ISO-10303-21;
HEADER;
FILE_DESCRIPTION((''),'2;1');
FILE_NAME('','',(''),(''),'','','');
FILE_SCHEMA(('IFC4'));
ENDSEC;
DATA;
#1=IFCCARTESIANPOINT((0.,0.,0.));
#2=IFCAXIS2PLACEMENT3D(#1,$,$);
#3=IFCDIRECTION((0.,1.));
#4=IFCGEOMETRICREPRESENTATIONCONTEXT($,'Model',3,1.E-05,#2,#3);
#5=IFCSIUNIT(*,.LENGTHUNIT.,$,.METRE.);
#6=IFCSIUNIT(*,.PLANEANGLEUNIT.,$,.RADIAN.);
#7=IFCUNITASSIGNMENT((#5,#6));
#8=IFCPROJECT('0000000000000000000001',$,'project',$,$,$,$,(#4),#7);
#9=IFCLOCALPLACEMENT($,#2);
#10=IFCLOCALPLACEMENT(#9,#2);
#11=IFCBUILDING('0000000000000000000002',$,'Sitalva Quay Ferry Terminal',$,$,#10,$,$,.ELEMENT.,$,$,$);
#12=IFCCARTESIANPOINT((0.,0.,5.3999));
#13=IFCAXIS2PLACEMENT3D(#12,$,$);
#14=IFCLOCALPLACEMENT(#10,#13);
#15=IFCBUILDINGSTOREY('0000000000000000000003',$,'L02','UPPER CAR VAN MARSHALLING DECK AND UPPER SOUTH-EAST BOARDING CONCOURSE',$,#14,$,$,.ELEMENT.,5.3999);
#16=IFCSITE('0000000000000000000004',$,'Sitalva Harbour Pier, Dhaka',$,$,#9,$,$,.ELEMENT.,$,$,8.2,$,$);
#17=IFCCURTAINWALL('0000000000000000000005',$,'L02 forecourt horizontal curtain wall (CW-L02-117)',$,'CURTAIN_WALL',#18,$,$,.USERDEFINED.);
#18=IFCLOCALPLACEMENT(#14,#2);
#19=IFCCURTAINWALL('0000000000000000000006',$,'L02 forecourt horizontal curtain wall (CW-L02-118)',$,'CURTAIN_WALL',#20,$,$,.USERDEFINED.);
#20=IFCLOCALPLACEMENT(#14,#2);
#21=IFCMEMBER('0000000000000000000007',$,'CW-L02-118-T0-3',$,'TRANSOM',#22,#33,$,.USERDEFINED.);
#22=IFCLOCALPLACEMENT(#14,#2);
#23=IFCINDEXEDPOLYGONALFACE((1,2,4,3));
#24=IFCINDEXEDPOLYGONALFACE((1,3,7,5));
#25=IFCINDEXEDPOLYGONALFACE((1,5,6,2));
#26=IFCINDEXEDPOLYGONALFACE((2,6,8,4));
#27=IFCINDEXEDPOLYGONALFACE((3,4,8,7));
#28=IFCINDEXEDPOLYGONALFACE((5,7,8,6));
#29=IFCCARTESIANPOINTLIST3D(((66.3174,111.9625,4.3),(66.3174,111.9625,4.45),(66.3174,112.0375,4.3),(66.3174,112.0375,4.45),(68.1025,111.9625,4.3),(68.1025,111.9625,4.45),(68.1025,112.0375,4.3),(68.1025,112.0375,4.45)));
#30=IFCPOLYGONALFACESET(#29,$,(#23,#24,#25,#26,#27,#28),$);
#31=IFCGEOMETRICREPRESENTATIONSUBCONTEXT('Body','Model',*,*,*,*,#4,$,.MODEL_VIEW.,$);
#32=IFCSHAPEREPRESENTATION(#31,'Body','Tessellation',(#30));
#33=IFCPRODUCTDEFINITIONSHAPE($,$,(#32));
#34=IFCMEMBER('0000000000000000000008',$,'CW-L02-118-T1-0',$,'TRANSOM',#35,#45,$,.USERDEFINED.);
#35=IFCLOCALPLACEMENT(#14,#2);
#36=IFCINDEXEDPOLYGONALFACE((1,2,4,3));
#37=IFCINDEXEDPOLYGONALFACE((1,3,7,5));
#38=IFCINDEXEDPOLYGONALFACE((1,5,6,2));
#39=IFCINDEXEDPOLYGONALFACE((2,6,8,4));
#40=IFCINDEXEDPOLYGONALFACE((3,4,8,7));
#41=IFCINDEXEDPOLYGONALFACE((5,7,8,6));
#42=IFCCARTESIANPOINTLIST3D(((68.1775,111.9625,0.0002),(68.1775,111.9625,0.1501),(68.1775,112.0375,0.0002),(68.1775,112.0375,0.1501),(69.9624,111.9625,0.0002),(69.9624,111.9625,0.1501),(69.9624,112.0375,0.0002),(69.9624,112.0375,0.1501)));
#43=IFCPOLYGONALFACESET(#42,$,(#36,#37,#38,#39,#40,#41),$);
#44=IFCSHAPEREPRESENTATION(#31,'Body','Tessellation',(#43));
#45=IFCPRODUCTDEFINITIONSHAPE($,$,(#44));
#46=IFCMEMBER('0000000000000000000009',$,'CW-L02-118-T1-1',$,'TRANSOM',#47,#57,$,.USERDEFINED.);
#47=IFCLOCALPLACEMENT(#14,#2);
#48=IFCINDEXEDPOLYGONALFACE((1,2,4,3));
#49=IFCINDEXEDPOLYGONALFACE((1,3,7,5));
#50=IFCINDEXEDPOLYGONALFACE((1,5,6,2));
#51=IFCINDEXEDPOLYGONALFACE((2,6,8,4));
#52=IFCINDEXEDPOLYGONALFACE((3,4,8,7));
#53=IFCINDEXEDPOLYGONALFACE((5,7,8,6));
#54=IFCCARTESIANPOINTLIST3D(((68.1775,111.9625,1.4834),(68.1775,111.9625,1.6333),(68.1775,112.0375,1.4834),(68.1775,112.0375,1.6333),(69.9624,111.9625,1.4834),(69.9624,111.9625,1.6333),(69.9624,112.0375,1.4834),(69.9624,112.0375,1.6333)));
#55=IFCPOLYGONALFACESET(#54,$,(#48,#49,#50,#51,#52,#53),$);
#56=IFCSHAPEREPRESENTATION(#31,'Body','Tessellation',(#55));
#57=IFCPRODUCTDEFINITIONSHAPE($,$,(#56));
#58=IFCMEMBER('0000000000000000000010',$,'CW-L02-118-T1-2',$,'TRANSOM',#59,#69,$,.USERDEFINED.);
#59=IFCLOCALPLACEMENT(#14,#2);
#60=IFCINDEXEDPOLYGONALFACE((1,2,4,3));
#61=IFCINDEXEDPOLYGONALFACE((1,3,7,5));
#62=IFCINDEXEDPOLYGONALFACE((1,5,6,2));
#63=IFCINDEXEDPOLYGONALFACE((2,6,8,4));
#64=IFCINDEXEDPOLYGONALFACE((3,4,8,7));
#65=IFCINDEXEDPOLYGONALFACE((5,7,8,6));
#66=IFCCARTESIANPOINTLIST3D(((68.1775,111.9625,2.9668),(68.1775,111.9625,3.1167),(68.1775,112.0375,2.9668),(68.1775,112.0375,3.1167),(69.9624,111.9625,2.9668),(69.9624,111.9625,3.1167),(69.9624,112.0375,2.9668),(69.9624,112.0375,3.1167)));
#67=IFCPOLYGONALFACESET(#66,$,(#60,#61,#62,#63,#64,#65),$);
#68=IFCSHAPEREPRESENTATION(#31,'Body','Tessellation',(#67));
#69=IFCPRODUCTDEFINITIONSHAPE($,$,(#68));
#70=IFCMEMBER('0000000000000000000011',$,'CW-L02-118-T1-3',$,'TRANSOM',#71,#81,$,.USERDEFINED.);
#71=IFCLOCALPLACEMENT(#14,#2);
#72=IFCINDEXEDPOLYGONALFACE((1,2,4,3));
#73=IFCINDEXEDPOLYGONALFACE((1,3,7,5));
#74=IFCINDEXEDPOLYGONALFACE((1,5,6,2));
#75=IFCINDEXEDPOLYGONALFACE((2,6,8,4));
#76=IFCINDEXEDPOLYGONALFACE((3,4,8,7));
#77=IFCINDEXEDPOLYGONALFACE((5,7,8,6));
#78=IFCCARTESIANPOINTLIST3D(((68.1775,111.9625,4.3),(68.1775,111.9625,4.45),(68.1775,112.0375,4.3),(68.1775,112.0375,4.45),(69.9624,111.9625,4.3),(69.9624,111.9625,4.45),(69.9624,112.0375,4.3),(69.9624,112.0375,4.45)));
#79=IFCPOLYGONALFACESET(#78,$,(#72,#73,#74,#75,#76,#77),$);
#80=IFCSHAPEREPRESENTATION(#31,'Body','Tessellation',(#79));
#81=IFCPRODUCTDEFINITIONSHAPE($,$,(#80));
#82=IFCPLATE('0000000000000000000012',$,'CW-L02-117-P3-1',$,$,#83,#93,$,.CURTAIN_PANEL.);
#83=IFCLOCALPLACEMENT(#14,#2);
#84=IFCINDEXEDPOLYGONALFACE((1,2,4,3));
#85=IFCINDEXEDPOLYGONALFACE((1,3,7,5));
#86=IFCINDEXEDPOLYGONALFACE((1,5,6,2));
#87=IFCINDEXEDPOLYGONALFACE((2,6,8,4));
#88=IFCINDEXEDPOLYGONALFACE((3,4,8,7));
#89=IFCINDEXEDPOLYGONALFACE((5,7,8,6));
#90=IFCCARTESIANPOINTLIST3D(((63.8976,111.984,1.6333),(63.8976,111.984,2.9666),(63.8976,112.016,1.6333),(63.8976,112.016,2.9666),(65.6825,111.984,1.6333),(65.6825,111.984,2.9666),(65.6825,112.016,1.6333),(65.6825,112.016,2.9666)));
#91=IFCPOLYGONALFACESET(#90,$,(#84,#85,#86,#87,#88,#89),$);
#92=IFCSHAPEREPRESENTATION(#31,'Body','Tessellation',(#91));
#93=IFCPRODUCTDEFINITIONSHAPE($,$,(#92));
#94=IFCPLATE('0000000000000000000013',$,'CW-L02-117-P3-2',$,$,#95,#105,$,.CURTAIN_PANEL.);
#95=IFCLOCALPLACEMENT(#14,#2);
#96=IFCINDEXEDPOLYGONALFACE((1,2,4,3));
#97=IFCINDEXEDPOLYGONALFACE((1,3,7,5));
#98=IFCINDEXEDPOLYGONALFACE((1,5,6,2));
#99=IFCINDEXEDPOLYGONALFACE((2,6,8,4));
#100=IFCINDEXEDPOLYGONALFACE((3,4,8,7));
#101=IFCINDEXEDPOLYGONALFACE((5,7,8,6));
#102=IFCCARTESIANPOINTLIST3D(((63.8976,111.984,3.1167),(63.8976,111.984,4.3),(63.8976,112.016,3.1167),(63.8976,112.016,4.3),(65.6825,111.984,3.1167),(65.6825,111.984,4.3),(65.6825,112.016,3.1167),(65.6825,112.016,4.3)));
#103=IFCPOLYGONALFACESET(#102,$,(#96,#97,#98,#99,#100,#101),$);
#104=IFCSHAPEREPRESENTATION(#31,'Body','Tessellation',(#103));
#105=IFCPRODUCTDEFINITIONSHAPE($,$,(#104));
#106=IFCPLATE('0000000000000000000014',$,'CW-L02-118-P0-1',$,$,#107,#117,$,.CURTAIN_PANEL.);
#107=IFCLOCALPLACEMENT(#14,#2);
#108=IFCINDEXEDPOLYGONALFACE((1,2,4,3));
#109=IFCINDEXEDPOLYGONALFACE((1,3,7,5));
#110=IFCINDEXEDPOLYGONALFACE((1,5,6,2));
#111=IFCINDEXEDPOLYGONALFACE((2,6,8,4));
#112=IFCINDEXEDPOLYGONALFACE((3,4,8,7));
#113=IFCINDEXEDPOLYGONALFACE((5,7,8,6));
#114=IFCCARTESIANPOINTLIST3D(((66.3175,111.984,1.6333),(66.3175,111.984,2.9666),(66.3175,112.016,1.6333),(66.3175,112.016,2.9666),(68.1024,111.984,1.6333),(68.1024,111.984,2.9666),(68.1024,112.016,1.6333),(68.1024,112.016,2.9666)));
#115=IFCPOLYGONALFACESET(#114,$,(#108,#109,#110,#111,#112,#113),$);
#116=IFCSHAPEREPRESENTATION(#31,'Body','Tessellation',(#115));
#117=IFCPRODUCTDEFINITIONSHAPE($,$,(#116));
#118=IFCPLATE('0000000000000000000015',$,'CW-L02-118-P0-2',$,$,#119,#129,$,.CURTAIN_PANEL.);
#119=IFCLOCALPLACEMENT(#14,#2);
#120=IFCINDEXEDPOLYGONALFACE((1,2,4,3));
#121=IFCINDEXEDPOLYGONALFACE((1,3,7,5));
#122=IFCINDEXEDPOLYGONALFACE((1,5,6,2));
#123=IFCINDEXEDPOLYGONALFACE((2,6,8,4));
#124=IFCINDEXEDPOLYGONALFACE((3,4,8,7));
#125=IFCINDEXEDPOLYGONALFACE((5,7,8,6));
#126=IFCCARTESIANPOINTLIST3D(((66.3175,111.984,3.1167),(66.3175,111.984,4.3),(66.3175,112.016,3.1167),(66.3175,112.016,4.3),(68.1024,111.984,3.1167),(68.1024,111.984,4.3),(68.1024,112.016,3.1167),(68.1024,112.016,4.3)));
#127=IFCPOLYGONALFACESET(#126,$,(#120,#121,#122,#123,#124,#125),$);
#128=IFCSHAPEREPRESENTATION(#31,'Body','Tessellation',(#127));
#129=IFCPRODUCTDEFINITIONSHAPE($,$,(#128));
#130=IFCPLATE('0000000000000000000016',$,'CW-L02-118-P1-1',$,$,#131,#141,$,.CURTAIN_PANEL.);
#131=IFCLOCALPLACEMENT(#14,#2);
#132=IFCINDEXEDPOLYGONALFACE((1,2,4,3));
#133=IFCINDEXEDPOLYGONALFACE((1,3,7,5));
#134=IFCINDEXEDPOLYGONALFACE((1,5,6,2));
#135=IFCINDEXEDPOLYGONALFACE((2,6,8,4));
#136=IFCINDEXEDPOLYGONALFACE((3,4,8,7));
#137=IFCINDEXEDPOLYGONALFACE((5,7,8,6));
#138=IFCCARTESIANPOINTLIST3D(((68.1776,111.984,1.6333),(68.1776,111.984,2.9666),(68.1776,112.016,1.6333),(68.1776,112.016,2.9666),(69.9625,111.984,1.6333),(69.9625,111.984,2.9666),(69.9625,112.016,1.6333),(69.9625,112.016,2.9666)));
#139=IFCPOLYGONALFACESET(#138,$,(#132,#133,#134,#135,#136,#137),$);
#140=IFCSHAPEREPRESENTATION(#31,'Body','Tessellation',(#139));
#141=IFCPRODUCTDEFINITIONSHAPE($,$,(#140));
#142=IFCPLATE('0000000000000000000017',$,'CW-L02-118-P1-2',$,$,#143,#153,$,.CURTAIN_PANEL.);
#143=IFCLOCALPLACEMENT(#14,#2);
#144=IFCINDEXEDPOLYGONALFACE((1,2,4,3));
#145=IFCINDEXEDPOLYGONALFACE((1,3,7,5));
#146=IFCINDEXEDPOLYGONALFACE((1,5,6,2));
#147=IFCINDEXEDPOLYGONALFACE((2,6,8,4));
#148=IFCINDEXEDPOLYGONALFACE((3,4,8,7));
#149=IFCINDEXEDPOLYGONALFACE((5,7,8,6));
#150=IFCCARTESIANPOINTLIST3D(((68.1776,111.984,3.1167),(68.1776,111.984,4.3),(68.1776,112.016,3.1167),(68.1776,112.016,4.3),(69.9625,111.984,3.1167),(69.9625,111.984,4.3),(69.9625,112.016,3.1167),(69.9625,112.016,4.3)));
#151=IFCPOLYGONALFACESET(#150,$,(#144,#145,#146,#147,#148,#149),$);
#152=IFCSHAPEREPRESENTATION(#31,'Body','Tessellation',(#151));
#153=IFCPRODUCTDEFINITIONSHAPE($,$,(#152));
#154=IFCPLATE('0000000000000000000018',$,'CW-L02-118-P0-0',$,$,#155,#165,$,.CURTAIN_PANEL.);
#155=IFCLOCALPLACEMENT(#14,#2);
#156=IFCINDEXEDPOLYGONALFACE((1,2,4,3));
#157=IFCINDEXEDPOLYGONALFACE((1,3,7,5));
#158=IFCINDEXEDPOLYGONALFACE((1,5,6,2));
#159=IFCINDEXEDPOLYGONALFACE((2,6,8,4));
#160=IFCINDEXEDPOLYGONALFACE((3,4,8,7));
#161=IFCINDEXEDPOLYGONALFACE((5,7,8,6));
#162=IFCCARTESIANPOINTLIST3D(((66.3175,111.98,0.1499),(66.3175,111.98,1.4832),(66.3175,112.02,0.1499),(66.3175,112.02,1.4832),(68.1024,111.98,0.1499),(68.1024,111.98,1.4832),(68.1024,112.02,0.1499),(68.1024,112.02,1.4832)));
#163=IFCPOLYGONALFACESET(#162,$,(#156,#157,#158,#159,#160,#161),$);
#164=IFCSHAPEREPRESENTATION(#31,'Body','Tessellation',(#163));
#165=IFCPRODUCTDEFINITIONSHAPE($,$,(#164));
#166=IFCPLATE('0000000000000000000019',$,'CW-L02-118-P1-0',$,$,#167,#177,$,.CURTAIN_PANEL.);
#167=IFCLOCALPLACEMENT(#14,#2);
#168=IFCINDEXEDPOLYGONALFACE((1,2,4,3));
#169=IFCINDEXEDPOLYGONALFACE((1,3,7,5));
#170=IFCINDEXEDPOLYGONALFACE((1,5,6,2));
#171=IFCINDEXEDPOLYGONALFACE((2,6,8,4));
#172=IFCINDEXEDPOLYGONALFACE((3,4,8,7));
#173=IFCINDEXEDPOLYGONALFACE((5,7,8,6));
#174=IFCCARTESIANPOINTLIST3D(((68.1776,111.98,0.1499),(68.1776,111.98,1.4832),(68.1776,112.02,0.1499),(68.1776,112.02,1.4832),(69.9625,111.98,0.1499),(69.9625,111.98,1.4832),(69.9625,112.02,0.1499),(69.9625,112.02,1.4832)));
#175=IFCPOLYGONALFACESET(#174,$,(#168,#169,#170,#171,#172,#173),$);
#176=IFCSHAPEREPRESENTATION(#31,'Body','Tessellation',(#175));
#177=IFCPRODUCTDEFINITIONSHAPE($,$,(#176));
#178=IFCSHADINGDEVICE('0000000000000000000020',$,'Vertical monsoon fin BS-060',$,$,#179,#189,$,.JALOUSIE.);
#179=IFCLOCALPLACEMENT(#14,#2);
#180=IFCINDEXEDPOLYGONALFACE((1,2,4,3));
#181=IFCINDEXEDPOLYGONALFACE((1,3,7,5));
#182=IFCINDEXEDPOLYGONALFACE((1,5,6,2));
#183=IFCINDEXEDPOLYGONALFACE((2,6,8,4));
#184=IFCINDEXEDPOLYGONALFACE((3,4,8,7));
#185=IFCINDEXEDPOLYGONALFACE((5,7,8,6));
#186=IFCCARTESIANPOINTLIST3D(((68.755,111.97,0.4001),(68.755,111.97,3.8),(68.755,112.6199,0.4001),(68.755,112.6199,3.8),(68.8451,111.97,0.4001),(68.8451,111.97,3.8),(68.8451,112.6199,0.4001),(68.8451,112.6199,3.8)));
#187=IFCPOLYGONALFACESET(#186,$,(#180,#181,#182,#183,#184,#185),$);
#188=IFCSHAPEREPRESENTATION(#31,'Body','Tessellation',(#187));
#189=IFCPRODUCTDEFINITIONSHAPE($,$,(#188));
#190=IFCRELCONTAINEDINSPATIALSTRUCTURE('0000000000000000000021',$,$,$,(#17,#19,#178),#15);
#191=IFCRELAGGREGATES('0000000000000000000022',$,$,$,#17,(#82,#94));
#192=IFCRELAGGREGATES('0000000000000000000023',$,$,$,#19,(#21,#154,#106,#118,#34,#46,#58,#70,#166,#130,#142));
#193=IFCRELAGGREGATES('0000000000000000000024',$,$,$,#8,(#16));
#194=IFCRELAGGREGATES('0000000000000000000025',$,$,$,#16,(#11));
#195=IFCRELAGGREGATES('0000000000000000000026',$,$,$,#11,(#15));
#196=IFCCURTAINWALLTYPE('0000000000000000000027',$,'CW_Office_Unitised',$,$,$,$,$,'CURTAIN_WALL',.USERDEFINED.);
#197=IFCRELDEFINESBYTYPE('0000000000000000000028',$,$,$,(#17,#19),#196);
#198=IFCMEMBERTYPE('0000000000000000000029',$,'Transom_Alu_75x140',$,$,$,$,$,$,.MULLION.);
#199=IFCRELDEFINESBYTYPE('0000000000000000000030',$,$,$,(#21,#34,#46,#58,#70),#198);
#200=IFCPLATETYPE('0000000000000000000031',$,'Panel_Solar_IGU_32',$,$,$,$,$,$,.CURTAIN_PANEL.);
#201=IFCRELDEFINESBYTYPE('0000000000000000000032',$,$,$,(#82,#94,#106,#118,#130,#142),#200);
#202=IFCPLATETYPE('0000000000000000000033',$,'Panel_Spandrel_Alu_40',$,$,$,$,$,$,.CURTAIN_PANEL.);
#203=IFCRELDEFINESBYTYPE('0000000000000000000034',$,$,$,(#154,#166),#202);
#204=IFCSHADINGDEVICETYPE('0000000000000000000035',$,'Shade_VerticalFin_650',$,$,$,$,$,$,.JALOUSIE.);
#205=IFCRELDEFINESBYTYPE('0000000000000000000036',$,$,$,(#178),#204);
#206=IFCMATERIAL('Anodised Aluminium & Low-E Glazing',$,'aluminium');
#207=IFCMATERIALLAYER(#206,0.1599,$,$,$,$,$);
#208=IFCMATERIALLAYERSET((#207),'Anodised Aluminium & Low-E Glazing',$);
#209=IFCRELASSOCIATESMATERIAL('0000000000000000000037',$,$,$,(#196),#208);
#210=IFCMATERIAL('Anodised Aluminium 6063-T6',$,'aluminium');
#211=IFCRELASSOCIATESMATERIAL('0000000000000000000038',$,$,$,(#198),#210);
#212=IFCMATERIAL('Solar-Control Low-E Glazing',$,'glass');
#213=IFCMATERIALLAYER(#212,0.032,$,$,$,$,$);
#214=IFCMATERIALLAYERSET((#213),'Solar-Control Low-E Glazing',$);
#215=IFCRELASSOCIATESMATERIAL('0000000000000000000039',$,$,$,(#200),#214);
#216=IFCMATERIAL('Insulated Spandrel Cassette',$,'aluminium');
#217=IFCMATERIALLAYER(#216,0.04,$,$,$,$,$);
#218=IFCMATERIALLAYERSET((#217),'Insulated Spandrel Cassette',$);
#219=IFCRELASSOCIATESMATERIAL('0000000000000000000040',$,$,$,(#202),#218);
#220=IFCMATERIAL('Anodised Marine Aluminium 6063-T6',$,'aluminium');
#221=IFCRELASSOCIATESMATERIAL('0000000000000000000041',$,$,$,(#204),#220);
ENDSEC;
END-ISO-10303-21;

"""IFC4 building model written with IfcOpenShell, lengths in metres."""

from ifc_helpers import new_model, si_unit, direction, frame, origin, origin_2d, place, context, subcontext, project, spatial, rectangle, extrude, material, layer, layer_set, material_profile, profile_set, type_object, element, aggregate, save


model = new_model("IFC4")

# Units and contexts
model_context = context("Model", 3, precision=1e-05, world=origin(), true_north=direction((0.0, 1.0)))
body_context = subcontext(model_context, "Body", "Model", "MODEL_VIEW")
ifc_project = project(units=[si_unit("LENGTHUNIT", "METRE"), si_unit("PLANEANGLEUNIT", "RADIAN")], contexts=[model_context])

# Site, building, storey
site_placement = place(None, origin())
site = spatial("IfcSite", under=ifc_project, at=site_placement, Name="Sitalva Harbour Pier, Dhaka", CompositionType="ELEMENT", RefElevation=8.2)
building_placement = place(site_placement, origin())
building = spatial("IfcBuilding", under=site, at=building_placement, Name="Sitalva Quay Ferry Terminal", CompositionType="ELEMENT")
storey_placement = place(building_placement, frame((0.0, 0.0, 5.3999)))
storey = spatial("IfcBuildingStorey", under=building, at=storey_placement, Name="L02", Description="UPPER CAR VAN MARSHALLING DECK AND UPPER SOUTH-EAST BOARDING CONCOURSE", CompositionType="ELEMENT", Elevation=5.3999)

# Curtain wall
ifc_material_1 = material(Name="Anodised Aluminium & Low-E Glazing", Category="aluminium")
ifc_layer_1 = layer(ifc_material_1, 0.1599)
ifc_layer_set_1 = layer_set([ifc_layer_1], Name="Anodised Aluminium & Low-E Glazing")
curtain_wall_type = type_object("IfcCurtainWallType", Name="CW_Office_Unitised", ElementType="CURTAIN_WALL", PredefinedType="USERDEFINED", material=ifc_layer_set_1)
curtain_wall_1_placement = place(storey_placement, origin())
curtain_wall_1 = element("IfcCurtainWall", 1, at=curtain_wall_1_placement, inside=storey, type_object=curtain_wall_type, Name="L02 forecourt horizontal curtain wall (CW-L02-117)", ObjectType="CURTAIN_WALL", PredefinedType="USERDEFINED")

# Curtain wall, members
curtain_wall_2_placement = place(storey_placement, origin())
curtain_wall_2 = element("IfcCurtainWall", 2, at=curtain_wall_2_placement, inside=storey, type_object=curtain_wall_type, Name="L02 forecourt horizontal curtain wall (CW-L02-118)", ObjectType="CURTAIN_WALL", PredefinedType="USERDEFINED")
ifc_material_2 = material(Name="Anodised Aluminium 6063-T6", Category="aluminium")
ifc_material_profile_1 = material_profile(ifc_material_2, rectangle(XDim=0.075, YDim=0.1499, at=origin_2d()), Name="ALU75x150")
ifc_profile_set_1 = profile_set([ifc_material_profile_1], Name="Anodised Aluminium 6063-T6")
member_type_1 = type_object("IfcMemberType", Name="Transom_Alu_75x140", PredefinedType="MULLION", material=ifc_profile_set_1)
member_1_placement = place(storey_placement, frame((66.3174, 112.0, 4.375), z_axis=(1.0, 0.0, 0.0), x_axis=(0.0, 1.0, 0.0)))
member_1 = element("IfcMember", 3, at=member_1_placement, type_object=member_type_1, Name="CW-L02-118-T0-3", ObjectType="TRANSOM", PredefinedType="USERDEFINED", context=body_context, shape_type="SweptSolid", body=[
    extrude(rectangle(XDim=0.075, YDim=0.1499, at=origin_2d()), origin(), (0.0, 0.0, 1.0), 1.7852),
])
member_2_placement = place(storey_placement, frame((68.1775, 112.0, 0.0752), z_axis=(1.0, 0.0, 0.0), x_axis=(0.0, 1.0, 0.0)))
member_2 = element("IfcMember", 4, at=member_2_placement, type_object=member_type_1, Name="CW-L02-118-T1-0", ObjectType="TRANSOM", PredefinedType="USERDEFINED", context=body_context, shape_type="SweptSolid", body=[
    extrude(rectangle(XDim=0.075, YDim=0.1499, at=origin_2d()), origin(), (0.0, 0.0, 1.0), 1.7849),
])
member_3_placement = place(storey_placement, frame((68.1775, 112.0, 1.5583), z_axis=(1.0, 0.0, 0.0), x_axis=(0.0, 1.0, 0.0)))
member_3 = element("IfcMember", 5, at=member_3_placement, type_object=member_type_1, Name="CW-L02-118-T1-1", ObjectType="TRANSOM", PredefinedType="USERDEFINED", context=body_context, shape_type="SweptSolid", body=[
    extrude(rectangle(XDim=0.075, YDim=0.1499, at=origin_2d()), origin(), (0.0, 0.0, 1.0), 1.7849),
])
member_4_placement = place(storey_placement, frame((68.1775, 112.0, 3.0417), z_axis=(1.0, 0.0, 0.0), x_axis=(0.0, 1.0, 0.0)))
member_4 = element("IfcMember", 6, at=member_4_placement, type_object=member_type_1, Name="CW-L02-118-T1-2", ObjectType="TRANSOM", PredefinedType="USERDEFINED", context=body_context, shape_type="SweptSolid", body=[
    extrude(rectangle(XDim=0.075, YDim=0.1499, at=origin_2d()), origin(), (0.0, 0.0, 1.0), 1.7849),
])
member_5_placement = place(storey_placement, frame((68.1775, 112.0, 4.375), z_axis=(1.0, 0.0, 0.0), x_axis=(0.0, 1.0, 0.0)))
member_5 = element("IfcMember", 7, at=member_5_placement, type_object=member_type_1, Name="CW-L02-118-T1-3", ObjectType="TRANSOM", PredefinedType="USERDEFINED", context=body_context, shape_type="SweptSolid", body=[
    extrude(rectangle(XDim=0.075, YDim=0.1499, at=origin_2d()), origin(), (0.0, 0.0, 1.0), 1.7849),
])

# Plates
ifc_material_3 = material(Name="Solar-Control Low-E Glazing", Category="glass")
ifc_layer_2 = layer(ifc_material_3, 0.032)
ifc_layer_set_2 = layer_set([ifc_layer_2], Name="Solar-Control Low-E Glazing")
plate_type_1 = type_object("IfcPlateType", Name="Panel_Solar_IGU_32", PredefinedType="CURTAIN_PANEL", material=ifc_layer_set_2)
plate_1_placement = place(storey_placement, frame((64.79, 112.0, 1.6333), z_axis=(0.0, 0.0, 1.0), x_axis=(1.0, 0.0, 0.0)))
plate_1 = element("IfcPlate", 8, at=plate_1_placement, type_object=plate_type_1, Name="CW-L02-117-P3-1", PredefinedType="CURTAIN_PANEL", context=body_context, shape_type="SweptSolid", body=[
    extrude(rectangle(XDim=1.7849, YDim=0.032, at=origin_2d()), origin(), (0.0, 0.0, 1.0), 1.3333),
])
plate_2_placement = place(storey_placement, frame((64.79, 112.0, 3.1167), z_axis=(0.0, 0.0, 1.0), x_axis=(1.0, 0.0, 0.0)))
plate_2 = element("IfcPlate", 9, at=plate_2_placement, type_object=plate_type_1, Name="CW-L02-117-P3-2", PredefinedType="CURTAIN_PANEL", context=body_context, shape_type="SweptSolid", body=[
    extrude(rectangle(XDim=1.7849, YDim=0.032, at=origin_2d()), origin(), (0.0, 0.0, 1.0), 1.1833),
])
aggregate(curtain_wall_1, [plate_1, plate_2])
plate_3_placement = place(storey_placement, frame((67.21, 112.0, 1.6333), z_axis=(0.0, 0.0, 1.0), x_axis=(1.0, 0.0, 0.0)))
plate_3 = element("IfcPlate", 10, at=plate_3_placement, type_object=plate_type_1, Name="CW-L02-118-P0-1", PredefinedType="CURTAIN_PANEL", context=body_context, shape_type="SweptSolid", body=[
    extrude(rectangle(XDim=1.7849, YDim=0.032, at=origin_2d()), origin(), (0.0, 0.0, 1.0), 1.3333),
])
plate_4_placement = place(storey_placement, frame((67.21, 112.0, 3.1167), z_axis=(0.0, 0.0, 1.0), x_axis=(1.0, 0.0, 0.0)))
plate_4 = element("IfcPlate", 11, at=plate_4_placement, type_object=plate_type_1, Name="CW-L02-118-P0-2", PredefinedType="CURTAIN_PANEL", context=body_context, shape_type="SweptSolid", body=[
    extrude(rectangle(XDim=1.7849, YDim=0.032, at=origin_2d()), origin(), (0.0, 0.0, 1.0), 1.1833),
])
plate_5_placement = place(storey_placement, frame((69.0701, 112.0, 1.6333), z_axis=(0.0, 0.0, 1.0), x_axis=(1.0, 0.0, 0.0)))
plate_5 = element("IfcPlate", 12, at=plate_5_placement, type_object=plate_type_1, Name="CW-L02-118-P1-1", PredefinedType="CURTAIN_PANEL", context=body_context, shape_type="SweptSolid", body=[
    extrude(rectangle(XDim=1.7849, YDim=0.032, at=origin_2d()), origin(), (0.0, 0.0, 1.0), 1.3333),
])
plate_6_placement = place(storey_placement, frame((69.0701, 112.0, 3.1167), z_axis=(0.0, 0.0, 1.0), x_axis=(1.0, 0.0, 0.0)))
plate_6 = element("IfcPlate", 13, at=plate_6_placement, type_object=plate_type_1, Name="CW-L02-118-P1-2", PredefinedType="CURTAIN_PANEL", context=body_context, shape_type="SweptSolid", body=[
    extrude(rectangle(XDim=1.7849, YDim=0.032, at=origin_2d()), origin(), (0.0, 0.0, 1.0), 1.1833),
])
ifc_material_4 = material(Name="Insulated Spandrel Cassette", Category="aluminium")
ifc_layer_3 = layer(ifc_material_4, 0.04)
ifc_layer_set_3 = layer_set([ifc_layer_3], Name="Insulated Spandrel Cassette")
plate_type_2 = type_object("IfcPlateType", Name="Panel_Spandrel_Alu_40", PredefinedType="CURTAIN_PANEL", material=ifc_layer_set_3)
plate_7_placement = place(storey_placement, frame((67.21, 112.0, 0.1499), z_axis=(0.0, 0.0, 1.0), x_axis=(1.0, 0.0, 0.0)))
plate_7 = element("IfcPlate", 14, at=plate_7_placement, type_object=plate_type_2, Name="CW-L02-118-P0-0", PredefinedType="CURTAIN_PANEL", context=body_context, shape_type="SweptSolid", body=[
    extrude(rectangle(XDim=1.7849, YDim=0.04, at=origin_2d()), origin(), (0.0, 0.0, 1.0), 1.3333),
])
plate_8_placement = place(storey_placement, frame((69.0701, 112.0, 0.1499), z_axis=(0.0, 0.0, 1.0), x_axis=(1.0, 0.0, 0.0)))
plate_8 = element("IfcPlate", 15, at=plate_8_placement, type_object=plate_type_2, Name="CW-L02-118-P1-0", PredefinedType="CURTAIN_PANEL", context=body_context, shape_type="SweptSolid", body=[
    extrude(rectangle(XDim=1.7849, YDim=0.04, at=origin_2d()), origin(), (0.0, 0.0, 1.0), 1.3333),
])
aggregate(curtain_wall_2, [member_1, plate_7, plate_3, plate_4, member_2, member_3, member_4, member_5, plate_8, plate_5, plate_6])

# Shading device
ifc_material_5 = material(Name="Anodised Marine Aluminium 6063-T6", Category="aluminium")
shading_device_type = type_object("IfcShadingDeviceType", Name="Shade_VerticalFin_650", PredefinedType="JALOUSIE", material=ifc_material_5)
shading_device_placement = place(storey_placement, frame((68.8, 112.2949, 0.4001), z_axis=(0.0, 0.0, 1.0), x_axis=(1.0, 0.0, 0.0)))
element("IfcShadingDevice", 16, at=shading_device_placement, inside=storey, type_object=shading_device_type, Name="Vertical monsoon fin BS-060", PredefinedType="JALOUSIE", context=body_context, shape_type="SweptSolid", body=[
    extrude(rectangle(XDim=0.0901, YDim=0.6499, at=origin_2d()), origin(), (0.0, 0.0, 1.0), 3.3999),
])

save(model, "model.ifc")
